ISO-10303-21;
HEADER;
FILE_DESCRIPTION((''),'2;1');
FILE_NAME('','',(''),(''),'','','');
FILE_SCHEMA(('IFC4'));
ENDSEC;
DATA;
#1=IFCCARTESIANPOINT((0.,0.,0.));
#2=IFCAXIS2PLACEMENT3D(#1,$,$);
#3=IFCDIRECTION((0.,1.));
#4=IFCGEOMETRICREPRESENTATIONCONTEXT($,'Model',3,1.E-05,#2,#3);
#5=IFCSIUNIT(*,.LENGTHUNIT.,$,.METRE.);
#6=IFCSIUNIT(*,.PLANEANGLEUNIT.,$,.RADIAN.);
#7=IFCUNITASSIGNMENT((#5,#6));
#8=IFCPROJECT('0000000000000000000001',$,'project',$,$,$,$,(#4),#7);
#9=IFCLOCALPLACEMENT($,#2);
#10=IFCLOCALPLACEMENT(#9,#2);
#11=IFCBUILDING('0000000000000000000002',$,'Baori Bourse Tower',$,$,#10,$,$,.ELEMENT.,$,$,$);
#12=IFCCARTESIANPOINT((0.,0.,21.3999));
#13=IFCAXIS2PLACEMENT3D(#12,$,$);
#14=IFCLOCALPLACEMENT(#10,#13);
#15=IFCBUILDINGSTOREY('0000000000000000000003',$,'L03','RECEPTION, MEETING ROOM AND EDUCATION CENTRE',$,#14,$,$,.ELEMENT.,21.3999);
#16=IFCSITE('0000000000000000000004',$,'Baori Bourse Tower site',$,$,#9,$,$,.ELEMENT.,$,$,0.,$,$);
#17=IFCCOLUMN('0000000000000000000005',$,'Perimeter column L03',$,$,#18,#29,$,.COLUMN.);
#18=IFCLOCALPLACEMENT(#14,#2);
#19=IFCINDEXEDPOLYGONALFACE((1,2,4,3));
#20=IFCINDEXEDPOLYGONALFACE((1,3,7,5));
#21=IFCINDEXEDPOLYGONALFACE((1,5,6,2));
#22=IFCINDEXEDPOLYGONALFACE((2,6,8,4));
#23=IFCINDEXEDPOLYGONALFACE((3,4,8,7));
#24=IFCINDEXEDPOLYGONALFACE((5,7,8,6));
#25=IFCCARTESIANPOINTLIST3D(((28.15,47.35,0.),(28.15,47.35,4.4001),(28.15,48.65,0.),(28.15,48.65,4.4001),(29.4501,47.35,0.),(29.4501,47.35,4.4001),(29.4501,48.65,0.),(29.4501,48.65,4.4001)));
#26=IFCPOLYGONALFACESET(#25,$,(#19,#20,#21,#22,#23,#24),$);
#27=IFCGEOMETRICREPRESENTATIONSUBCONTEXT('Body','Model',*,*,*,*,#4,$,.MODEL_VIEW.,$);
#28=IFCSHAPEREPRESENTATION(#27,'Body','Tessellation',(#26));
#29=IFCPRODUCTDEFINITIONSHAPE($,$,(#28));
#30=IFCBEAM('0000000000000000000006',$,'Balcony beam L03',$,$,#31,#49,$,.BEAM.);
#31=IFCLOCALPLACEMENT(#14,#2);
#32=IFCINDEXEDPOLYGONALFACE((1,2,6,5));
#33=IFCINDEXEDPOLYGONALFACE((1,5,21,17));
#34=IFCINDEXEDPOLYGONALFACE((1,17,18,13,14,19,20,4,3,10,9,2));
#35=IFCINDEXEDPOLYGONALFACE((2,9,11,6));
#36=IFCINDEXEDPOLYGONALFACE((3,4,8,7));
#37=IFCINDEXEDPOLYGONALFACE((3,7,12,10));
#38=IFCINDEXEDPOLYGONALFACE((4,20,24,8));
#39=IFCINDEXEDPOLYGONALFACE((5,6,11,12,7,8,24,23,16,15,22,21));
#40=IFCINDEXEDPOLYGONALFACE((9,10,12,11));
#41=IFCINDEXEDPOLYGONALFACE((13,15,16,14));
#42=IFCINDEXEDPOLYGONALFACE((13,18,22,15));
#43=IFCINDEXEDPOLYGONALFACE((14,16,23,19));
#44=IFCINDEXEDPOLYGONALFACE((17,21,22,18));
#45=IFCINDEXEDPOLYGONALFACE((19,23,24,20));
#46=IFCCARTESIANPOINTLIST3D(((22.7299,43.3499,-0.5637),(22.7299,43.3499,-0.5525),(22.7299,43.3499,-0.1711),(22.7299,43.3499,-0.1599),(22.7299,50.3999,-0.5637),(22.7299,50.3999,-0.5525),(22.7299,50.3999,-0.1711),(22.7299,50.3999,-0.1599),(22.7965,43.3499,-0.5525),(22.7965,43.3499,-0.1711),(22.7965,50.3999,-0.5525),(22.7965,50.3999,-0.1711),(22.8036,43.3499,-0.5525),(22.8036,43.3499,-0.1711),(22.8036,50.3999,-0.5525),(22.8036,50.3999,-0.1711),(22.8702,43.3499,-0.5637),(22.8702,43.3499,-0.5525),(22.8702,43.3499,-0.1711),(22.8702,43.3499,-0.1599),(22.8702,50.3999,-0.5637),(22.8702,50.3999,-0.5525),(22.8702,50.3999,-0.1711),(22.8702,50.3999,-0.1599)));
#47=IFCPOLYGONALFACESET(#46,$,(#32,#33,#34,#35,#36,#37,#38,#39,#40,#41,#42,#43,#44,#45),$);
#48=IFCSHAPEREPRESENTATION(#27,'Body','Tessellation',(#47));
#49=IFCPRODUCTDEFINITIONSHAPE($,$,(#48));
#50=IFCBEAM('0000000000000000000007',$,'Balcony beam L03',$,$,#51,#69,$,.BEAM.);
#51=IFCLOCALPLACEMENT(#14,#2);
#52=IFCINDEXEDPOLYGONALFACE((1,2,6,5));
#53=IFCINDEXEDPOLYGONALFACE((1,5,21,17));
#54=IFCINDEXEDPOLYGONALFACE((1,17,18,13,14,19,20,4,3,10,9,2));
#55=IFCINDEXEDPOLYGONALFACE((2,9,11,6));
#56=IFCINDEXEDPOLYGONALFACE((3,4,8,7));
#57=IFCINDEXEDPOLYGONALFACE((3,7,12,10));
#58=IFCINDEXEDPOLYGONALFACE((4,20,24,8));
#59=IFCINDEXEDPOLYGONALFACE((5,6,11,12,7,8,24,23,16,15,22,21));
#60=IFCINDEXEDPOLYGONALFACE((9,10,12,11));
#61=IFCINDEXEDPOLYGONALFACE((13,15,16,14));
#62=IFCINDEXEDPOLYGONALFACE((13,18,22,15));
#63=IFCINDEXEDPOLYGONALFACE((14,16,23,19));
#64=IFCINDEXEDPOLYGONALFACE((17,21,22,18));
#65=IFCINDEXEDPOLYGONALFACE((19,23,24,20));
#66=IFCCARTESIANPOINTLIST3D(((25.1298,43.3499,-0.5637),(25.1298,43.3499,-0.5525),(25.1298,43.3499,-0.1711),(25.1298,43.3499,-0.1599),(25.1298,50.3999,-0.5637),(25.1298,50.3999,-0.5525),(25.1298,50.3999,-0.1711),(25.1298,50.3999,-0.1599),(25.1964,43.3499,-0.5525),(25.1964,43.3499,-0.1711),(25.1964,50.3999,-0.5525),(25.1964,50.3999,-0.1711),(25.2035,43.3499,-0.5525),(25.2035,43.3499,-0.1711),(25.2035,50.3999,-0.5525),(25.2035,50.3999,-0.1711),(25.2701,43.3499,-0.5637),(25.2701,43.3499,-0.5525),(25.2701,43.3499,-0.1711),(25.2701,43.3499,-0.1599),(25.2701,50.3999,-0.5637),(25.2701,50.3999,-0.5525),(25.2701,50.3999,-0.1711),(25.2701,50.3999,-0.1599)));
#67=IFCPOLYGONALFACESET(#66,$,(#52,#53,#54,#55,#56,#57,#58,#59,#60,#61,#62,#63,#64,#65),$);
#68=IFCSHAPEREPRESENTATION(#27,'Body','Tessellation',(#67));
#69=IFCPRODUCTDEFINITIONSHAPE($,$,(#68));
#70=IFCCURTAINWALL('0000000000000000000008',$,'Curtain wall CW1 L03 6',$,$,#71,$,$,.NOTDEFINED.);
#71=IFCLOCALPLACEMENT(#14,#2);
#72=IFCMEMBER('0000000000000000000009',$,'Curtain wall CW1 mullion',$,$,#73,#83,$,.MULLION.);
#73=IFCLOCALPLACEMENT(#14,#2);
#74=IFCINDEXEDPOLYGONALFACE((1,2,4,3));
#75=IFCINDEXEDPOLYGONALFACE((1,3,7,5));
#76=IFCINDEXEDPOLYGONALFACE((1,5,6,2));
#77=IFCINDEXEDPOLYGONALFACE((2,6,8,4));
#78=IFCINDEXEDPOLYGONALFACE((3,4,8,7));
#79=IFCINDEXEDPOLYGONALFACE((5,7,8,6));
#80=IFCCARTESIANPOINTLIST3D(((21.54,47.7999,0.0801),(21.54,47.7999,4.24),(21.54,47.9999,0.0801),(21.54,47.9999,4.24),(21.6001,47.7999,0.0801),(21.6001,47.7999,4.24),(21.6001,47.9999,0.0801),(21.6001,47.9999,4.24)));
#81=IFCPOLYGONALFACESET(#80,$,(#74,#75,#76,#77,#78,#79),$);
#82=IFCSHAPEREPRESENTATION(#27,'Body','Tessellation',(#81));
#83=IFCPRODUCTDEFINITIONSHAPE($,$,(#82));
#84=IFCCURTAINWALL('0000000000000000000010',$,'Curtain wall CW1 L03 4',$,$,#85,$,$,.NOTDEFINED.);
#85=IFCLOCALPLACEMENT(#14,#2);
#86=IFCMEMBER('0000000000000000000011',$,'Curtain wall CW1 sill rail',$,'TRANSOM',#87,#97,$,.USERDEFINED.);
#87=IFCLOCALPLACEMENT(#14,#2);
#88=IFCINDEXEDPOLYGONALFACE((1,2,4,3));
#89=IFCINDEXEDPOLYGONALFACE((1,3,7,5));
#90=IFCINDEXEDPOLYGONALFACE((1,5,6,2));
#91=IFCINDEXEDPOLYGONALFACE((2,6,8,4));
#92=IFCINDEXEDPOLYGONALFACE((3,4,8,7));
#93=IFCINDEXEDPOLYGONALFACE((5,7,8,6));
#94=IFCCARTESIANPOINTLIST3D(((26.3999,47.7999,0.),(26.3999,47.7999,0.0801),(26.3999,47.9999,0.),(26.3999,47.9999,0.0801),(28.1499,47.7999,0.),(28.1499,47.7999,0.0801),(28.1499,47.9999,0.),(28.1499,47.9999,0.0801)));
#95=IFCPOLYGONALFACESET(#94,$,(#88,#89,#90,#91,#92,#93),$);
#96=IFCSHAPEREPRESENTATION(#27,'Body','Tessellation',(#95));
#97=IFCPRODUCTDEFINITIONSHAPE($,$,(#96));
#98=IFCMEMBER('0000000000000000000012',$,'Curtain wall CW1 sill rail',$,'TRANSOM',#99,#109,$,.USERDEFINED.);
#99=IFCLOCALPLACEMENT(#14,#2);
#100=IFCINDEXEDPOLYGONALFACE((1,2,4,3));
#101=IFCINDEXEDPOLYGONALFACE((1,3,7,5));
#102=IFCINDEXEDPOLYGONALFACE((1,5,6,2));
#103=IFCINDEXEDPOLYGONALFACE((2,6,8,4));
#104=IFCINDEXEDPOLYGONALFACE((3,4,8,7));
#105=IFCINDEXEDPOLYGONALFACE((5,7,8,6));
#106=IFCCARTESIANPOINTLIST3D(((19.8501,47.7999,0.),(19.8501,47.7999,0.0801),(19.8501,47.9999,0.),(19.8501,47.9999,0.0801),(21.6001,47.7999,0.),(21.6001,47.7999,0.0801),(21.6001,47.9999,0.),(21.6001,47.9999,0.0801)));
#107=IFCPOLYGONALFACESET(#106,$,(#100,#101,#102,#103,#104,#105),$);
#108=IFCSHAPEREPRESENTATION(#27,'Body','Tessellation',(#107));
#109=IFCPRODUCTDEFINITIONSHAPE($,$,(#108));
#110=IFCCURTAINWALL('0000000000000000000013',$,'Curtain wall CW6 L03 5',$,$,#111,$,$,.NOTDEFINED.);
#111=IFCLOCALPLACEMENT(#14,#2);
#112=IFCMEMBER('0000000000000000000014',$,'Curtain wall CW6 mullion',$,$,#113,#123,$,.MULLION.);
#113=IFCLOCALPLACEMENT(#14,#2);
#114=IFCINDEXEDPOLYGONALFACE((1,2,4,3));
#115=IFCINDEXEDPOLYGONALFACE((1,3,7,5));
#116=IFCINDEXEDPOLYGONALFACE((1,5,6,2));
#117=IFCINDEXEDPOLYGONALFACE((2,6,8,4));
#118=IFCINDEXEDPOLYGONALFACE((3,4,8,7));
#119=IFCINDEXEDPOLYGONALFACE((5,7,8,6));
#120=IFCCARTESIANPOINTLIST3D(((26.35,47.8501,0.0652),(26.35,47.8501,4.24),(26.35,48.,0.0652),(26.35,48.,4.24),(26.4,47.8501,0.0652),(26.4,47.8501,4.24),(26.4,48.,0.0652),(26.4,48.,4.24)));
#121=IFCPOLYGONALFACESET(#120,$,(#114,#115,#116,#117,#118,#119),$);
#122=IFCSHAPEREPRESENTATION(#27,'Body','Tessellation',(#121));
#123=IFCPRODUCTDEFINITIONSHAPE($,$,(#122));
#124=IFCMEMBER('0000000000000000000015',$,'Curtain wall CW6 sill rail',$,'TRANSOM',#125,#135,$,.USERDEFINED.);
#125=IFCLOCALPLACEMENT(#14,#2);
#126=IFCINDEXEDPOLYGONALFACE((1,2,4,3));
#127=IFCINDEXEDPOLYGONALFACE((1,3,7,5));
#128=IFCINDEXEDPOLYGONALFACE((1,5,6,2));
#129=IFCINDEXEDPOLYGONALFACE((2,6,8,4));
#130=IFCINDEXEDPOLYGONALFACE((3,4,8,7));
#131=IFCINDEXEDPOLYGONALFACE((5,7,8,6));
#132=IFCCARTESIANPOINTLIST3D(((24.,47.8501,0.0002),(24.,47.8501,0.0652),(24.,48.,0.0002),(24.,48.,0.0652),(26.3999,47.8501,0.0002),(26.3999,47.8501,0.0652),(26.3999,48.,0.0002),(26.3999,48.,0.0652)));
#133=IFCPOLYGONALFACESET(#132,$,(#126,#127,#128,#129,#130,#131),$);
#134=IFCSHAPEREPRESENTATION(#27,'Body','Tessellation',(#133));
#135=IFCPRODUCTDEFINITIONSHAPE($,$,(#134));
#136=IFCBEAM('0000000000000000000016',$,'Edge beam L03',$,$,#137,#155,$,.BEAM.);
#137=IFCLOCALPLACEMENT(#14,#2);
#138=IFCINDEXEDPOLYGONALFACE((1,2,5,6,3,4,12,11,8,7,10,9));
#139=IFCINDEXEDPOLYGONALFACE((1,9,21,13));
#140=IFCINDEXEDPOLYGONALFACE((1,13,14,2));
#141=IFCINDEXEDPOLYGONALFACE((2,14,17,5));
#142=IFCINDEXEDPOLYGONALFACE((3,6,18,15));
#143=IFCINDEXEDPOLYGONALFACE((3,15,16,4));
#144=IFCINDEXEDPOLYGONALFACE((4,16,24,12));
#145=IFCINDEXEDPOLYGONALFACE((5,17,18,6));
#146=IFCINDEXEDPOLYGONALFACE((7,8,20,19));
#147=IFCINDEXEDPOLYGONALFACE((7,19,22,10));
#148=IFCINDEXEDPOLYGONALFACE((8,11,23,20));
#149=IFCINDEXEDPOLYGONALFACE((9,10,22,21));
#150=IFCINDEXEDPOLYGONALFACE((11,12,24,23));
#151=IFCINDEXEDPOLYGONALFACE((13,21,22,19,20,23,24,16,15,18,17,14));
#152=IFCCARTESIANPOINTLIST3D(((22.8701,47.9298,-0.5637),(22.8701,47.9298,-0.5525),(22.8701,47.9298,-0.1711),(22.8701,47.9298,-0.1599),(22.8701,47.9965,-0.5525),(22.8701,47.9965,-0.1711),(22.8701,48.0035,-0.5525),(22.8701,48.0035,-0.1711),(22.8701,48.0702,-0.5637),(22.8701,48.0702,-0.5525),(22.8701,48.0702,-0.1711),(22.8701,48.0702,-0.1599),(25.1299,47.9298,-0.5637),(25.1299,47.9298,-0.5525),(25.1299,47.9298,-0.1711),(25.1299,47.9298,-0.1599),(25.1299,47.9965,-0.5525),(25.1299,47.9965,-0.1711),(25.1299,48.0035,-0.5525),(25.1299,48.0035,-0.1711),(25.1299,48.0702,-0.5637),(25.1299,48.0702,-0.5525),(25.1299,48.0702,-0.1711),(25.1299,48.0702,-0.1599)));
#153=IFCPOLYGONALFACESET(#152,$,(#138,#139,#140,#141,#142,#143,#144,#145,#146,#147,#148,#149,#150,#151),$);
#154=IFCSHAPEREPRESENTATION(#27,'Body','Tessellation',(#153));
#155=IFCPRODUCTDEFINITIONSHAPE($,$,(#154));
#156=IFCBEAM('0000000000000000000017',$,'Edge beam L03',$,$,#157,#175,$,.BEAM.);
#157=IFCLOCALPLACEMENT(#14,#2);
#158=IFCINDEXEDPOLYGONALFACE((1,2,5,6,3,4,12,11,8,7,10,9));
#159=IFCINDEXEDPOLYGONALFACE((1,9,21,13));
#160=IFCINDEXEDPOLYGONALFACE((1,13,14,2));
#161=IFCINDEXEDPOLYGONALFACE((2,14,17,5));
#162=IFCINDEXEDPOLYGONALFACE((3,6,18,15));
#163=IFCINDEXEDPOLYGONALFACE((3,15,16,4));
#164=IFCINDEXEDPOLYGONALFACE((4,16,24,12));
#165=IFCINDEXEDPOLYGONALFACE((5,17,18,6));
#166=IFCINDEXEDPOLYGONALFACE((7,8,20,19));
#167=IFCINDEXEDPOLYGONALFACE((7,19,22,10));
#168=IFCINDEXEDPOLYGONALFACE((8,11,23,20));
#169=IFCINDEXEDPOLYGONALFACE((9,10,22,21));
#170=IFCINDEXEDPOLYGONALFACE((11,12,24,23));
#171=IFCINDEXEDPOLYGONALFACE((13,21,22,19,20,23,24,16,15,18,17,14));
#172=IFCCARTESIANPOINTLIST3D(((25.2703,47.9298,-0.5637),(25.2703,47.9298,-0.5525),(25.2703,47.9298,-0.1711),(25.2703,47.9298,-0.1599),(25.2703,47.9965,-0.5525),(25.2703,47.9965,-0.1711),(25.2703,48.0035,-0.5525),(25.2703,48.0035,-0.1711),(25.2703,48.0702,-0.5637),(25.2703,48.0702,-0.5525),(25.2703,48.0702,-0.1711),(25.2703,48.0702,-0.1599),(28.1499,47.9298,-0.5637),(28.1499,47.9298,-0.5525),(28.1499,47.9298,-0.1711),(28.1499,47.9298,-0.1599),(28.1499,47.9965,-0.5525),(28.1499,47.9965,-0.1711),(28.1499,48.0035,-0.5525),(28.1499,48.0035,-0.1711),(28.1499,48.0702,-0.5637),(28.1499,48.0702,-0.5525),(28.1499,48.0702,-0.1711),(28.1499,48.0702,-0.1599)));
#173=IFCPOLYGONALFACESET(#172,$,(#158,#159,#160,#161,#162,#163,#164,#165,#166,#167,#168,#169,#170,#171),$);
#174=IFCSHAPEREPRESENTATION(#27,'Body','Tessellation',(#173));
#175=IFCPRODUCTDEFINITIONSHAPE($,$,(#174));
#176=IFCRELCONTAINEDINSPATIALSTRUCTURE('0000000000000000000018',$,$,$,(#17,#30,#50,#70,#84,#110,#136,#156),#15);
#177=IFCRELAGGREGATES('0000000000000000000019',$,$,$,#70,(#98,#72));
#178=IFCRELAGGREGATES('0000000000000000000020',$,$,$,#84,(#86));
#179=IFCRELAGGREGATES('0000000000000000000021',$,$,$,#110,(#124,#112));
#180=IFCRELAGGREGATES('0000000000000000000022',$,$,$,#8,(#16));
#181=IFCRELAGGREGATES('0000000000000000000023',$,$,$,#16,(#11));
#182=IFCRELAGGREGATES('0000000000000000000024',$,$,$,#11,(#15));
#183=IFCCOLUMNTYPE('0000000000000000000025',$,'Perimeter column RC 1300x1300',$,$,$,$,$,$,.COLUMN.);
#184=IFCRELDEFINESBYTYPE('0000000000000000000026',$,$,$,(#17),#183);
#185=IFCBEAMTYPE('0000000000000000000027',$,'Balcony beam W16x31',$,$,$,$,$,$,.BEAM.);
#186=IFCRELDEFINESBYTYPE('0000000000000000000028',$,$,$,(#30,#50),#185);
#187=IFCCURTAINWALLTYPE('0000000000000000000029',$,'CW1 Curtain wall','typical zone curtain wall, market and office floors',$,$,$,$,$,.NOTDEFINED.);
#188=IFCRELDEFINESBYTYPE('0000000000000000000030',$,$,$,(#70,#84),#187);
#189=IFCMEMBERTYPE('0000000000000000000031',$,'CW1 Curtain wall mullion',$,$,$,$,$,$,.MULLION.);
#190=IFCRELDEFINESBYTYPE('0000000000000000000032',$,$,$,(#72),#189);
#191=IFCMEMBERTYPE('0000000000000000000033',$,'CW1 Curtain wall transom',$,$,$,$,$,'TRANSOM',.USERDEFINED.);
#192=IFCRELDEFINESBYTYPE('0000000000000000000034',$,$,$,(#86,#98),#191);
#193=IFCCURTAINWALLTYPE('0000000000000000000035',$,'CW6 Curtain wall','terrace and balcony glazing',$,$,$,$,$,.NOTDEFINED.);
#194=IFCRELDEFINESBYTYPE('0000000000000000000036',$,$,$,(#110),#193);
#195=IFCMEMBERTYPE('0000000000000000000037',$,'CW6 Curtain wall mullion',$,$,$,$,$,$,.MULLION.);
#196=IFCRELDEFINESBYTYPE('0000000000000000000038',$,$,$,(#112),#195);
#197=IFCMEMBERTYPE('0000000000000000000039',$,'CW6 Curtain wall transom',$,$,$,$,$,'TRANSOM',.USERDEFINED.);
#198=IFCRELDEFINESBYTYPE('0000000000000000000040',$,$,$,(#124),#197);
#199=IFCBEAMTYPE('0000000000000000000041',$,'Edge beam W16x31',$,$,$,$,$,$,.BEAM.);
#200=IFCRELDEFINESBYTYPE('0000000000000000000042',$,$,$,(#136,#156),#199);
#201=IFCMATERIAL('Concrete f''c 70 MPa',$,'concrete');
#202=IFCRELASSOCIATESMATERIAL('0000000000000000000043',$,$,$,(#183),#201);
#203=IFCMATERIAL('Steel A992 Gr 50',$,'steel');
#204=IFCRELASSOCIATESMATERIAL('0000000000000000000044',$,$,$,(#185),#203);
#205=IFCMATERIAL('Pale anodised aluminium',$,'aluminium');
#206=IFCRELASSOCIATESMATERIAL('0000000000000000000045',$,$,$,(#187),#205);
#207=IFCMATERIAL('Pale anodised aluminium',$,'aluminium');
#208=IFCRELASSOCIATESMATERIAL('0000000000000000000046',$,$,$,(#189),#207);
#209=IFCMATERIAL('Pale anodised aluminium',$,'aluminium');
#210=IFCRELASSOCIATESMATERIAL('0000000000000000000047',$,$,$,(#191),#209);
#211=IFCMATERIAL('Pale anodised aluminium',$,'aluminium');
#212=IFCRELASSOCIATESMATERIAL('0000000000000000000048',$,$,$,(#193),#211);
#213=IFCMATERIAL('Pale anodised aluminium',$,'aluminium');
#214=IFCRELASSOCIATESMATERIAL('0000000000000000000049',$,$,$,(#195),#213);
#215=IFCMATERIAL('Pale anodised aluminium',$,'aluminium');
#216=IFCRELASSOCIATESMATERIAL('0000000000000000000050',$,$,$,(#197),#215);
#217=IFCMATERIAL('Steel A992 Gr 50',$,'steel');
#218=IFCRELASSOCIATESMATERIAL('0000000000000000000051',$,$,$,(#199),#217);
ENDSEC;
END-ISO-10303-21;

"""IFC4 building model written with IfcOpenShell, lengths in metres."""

from ifc_helpers import new_model, si_unit, direction, frame, origin, origin_2d, place, context, subcontext, project, spatial, rectangle, i_section, extrude, material, material_profile, profile_set, type_object, element, aggregate, save


model = new_model("IFC4")

# Units and contexts
model_context = context("Model", 3, precision=1e-05, world=origin(), true_north=direction((0.0, 1.0)))
body_context = subcontext(model_context, "Body", "Model", "MODEL_VIEW")
ifc_project = project(units=[si_unit("LENGTHUNIT", "METRE"), si_unit("PLANEANGLEUNIT", "RADIAN")], contexts=[model_context])

# Site, building, storey
site_placement = place(None, origin())
site = spatial("IfcSite", under=ifc_project, at=site_placement, Name="Baori Bourse Tower site", CompositionType="ELEMENT", RefElevation=0.0)
building_placement = place(site_placement, origin())
building = spatial("IfcBuilding", under=site, at=building_placement, Name="Baori Bourse Tower", CompositionType="ELEMENT")
storey_placement = place(building_placement, frame((0.0, 0.0, 21.3999)))
storey = spatial("IfcBuildingStorey", under=building, at=storey_placement, Name="L03", Description="RECEPTION, MEETING ROOM AND EDUCATION CENTRE", CompositionType="ELEMENT", Elevation=21.3999)

# Column
ifc_material_1 = material(Name="Concrete f'c 70 MPa", Category="concrete")
ifc_material_profile_1 = material_profile(ifc_material_1, rectangle(XDim=1.3, YDim=1.3, at=origin_2d()), Name="RC 1300x1300")
ifc_profile_set_1 = profile_set([ifc_material_profile_1], Name="Concrete f'c 70 MPa")
column_type = type_object("IfcColumnType", Name="Perimeter column RC 1300x1300", PredefinedType="COLUMN", material=ifc_profile_set_1)
column_placement = place(storey_placement, frame((28.8, 48.0, 0.0), z_axis=(0.0, 0.0, 1.0), x_axis=(1.0, 0.0, 0.0)))
element("IfcColumn", 1, at=column_placement, inside=storey, type_object=column_type, Name="Perimeter column L03", PredefinedType="COLUMN", context=body_context, shape_type="SweptSolid", body=[
    extrude(rectangle(XDim=1.3, YDim=1.3, at=origin_2d()), origin(), (0.0, 0.0, 1.0), 4.4001),
])

# Beams
ifc_material_2 = material(Name="Steel A992 Gr 50", Category="steel")
ifc_material_profile_2 = material_profile(ifc_material_2, i_section(OverallWidth=0.1404, OverallDepth=0.4038, WebThickness=0.0071, FlangeThickness=0.0112, at=origin_2d()), Name="W16x31")
ifc_profile_set_2 = profile_set([ifc_material_profile_2], Name="Steel A992 Gr 50")
beam_type_1 = type_object("IfcBeamType", Name="Balcony beam W16x31", PredefinedType="BEAM", material=ifc_profile_set_2)
for number, where, z_axis, x_axis, name in (
    (2, (22.8, 50.3999, -0.3618), (0.0, -1.0, 0.0), (1.0, 0.0, 0.0), "Balcony beam L03"),
    (3, (25.2, 50.3999, -0.3618), (0.0, -1.0, 0.0), (1.0, 0.0, 0.0), "Balcony beam L03"),
):
    element("IfcBeam", number, at=place(storey_placement, frame(where, z_axis=z_axis, x_axis=x_axis)), inside=storey, type_object=beam_type_1, Name=name, PredefinedType="BEAM", context=body_context, shape_type="SweptSolid", body=[
        extrude(i_section(OverallWidth=0.1404, OverallDepth=0.4038, WebThickness=0.0071, FlangeThickness=0.0112, at=origin_2d()), origin(), (0.0, 0.0, 1.0), 7.05),
    ])

# Curtain walls, members
ifc_material_3 = material(Name="Pale anodised aluminium", Category="aluminium")
curtain_wall_type_1 = type_object("IfcCurtainWallType", Name="CW1 Curtain wall", Description="typical zone curtain wall, market and office floors", PredefinedType="NOTDEFINED", material=ifc_material_3)
curtain_wall_1_placement = place(storey_placement, origin())
curtain_wall_1 = element("IfcCurtainWall", 4, at=curtain_wall_1_placement, inside=storey, type_object=curtain_wall_type_1, Name="Curtain wall CW1 L03 6", PredefinedType="NOTDEFINED")
ifc_material_4 = material(Name="Pale anodised aluminium", Category="aluminium")
ifc_material_profile_3 = material_profile(ifc_material_4, rectangle(XDim=0.2, YDim=0.0601, at=origin_2d()), Name="Mullion 60x200")
ifc_profile_set_3 = profile_set([ifc_material_profile_3], Name="Pale anodised aluminium")
member_type_1 = type_object("IfcMemberType", Name="CW1 Curtain wall mullion", PredefinedType="MULLION", material=ifc_profile_set_3)
member_1_placement = place(storey_placement, frame((21.5701, 47.8999, 0.0801), z_axis=(0.0, 0.0, 1.0), x_axis=(0.0, -1.0, 0.0)))
member_1 = element("IfcMember", 5, at=member_1_placement, type_object=member_type_1, Name="Curtain wall CW1 mullion", PredefinedType="MULLION", context=body_context, shape_type="SweptSolid", body=[
    extrude(rectangle(XDim=0.2, YDim=0.0601, at=origin_2d()), origin(), (0.0, 0.0, 1.0), 4.1599),
])
curtain_wall_2_placement = place(storey_placement, origin())
curtain_wall_2 = element("IfcCurtainWall", 6, at=curtain_wall_2_placement, inside=storey, type_object=curtain_wall_type_1, Name="Curtain wall CW1 L03 4", PredefinedType="NOTDEFINED")
ifc_material_5 = material(Name="Pale anodised aluminium", Category="aluminium")
ifc_material_profile_4 = material_profile(ifc_material_5, rectangle(XDim=0.2, YDim=0.0801, at=origin_2d()), Name="Transom 80x200")
ifc_profile_set_4 = profile_set([ifc_material_profile_4], Name="Pale anodised aluminium")
member_type_2 = type_object("IfcMemberType", Name="CW1 Curtain wall transom", ElementType="TRANSOM", PredefinedType="USERDEFINED", material=ifc_profile_set_4)
member_2_placement = place(storey_placement, frame((28.1499, 47.8999, 0.04), z_axis=(-1.0, 0.0, 0.0), x_axis=(0.0, -1.0, 0.0)))
member_2 = element("IfcMember", 7, at=member_2_placement, type_object=member_type_2, Name="Curtain wall CW1 sill rail", ObjectType="TRANSOM", PredefinedType="USERDEFINED", context=body_context, shape_type="SweptSolid", body=[
    extrude(rectangle(XDim=0.2, YDim=0.0801, at=origin_2d()), origin(), (0.0, 0.0, 1.0), 1.75),
])

# Member
member_3_placement = place(storey_placement, frame((21.6001, 47.8999, 0.04), z_axis=(-1.0, 0.0, 0.0), x_axis=(0.0, -1.0, 0.0)))
member_3 = element("IfcMember", 8, at=member_3_placement, type_object=member_type_2, Name="Curtain wall CW1 sill rail", ObjectType="TRANSOM", PredefinedType="USERDEFINED", context=body_context, shape_type="SweptSolid", body=[
    extrude(rectangle(XDim=0.2, YDim=0.0801, at=origin_2d()), origin(), (0.0, 0.0, 1.0), 1.75),
])
aggregate(curtain_wall_1, [member_3, member_1])

# Curtain wall, members
ifc_material_6 = material(Name="Pale anodised aluminium", Category="aluminium")
curtain_wall_type_2 = type_object("IfcCurtainWallType", Name="CW6 Curtain wall", Description="terrace and balcony glazing", PredefinedType="NOTDEFINED", material=ifc_material_6)
curtain_wall_3_placement = place(storey_placement, origin())
curtain_wall_3 = element("IfcCurtainWall", 9, at=curtain_wall_3_placement, inside=storey, type_object=curtain_wall_type_2, Name="Curtain wall CW6 L03 5", PredefinedType="NOTDEFINED")
ifc_material_7 = material(Name="Pale anodised aluminium", Category="aluminium")
ifc_material_profile_5 = material_profile(ifc_material_7, rectangle(XDim=0.1499, YDim=0.05, at=origin_2d()), Name="Mullion 50x150")
ifc_profile_set_5 = profile_set([ifc_material_profile_5], Name="Pale anodised aluminium")
member_type_3 = type_object("IfcMemberType", Name="CW6 Curtain wall mullion", PredefinedType="MULLION", material=ifc_profile_set_5)
member_4_placement = place(storey_placement, frame((26.375, 47.925, 0.0652), z_axis=(0.0, 0.0, 1.0), x_axis=(0.0, -1.0, 0.0)))
member_4 = element("IfcMember", 10, at=member_4_placement, type_object=member_type_3, Name="Curtain wall CW6 mullion", PredefinedType="MULLION", context=body_context, shape_type="SweptSolid", body=[
    extrude(rectangle(XDim=0.1499, YDim=0.05, at=origin_2d()), origin(), (0.0, 0.0, 1.0), 4.1748),
])
ifc_material_8 = material(Name="Pale anodised aluminium", Category="aluminium")
ifc_material_profile_6 = material_profile(ifc_material_8, rectangle(XDim=0.1499, YDim=0.0649, at=origin_2d()), Name="Transom 65x150")
ifc_profile_set_6 = profile_set([ifc_material_profile_6], Name="Pale anodised aluminium")
member_type_4 = type_object("IfcMemberType", Name="CW6 Curtain wall transom", ElementType="TRANSOM", PredefinedType="USERDEFINED", material=ifc_profile_set_6)
member_5_placement = place(storey_placement, frame((26.3999, 47.925, 0.0327), z_axis=(-1.0, 0.0, 0.0), x_axis=(0.0, -1.0, 0.0)))
member_5 = element("IfcMember", 11, at=member_5_placement, type_object=member_type_4, Name="Curtain wall CW6 sill rail", ObjectType="TRANSOM", PredefinedType="USERDEFINED", context=body_context, shape_type="SweptSolid", body=[
    extrude(rectangle(XDim=0.1499, YDim=0.0649, at=origin_2d()), origin(), (0.0, 0.0, 1.0), 2.3999),
])

# Beams
ifc_material_9 = material(Name="Steel A992 Gr 50", Category="steel")
ifc_material_profile_7 = material_profile(ifc_material_9, i_section(OverallWidth=0.1404, OverallDepth=0.4038, WebThickness=0.0071, FlangeThickness=0.0112, at=origin_2d()), Name="W16x31")
ifc_profile_set_7 = profile_set([ifc_material_profile_7], Name="Steel A992 Gr 50")
beam_type_2 = type_object("IfcBeamType", Name="Edge beam W16x31", PredefinedType="BEAM", material=ifc_profile_set_7)
beam_1_placement = place(storey_placement, frame((22.8701, 48.0, -0.3618), z_axis=(1.0, 0.0, 0.0), x_axis=(0.0, 1.0, 0.0)))
element("IfcBeam", 12, at=beam_1_placement, inside=storey, type_object=beam_type_2, Name="Edge beam L03", PredefinedType="BEAM", context=body_context, shape_type="SweptSolid", body=[
    extrude(i_section(OverallWidth=0.1404, OverallDepth=0.4038, WebThickness=0.0071, FlangeThickness=0.0112, at=origin_2d()), origin(), (0.0, 0.0, 1.0), 2.2598),
])
beam_2_placement = place(storey_placement, frame((25.2703, 48.0, -0.3618), z_axis=(1.0, 0.0, 0.0), x_axis=(0.0, 1.0, 0.0)))
element("IfcBeam", 13, at=beam_2_placement, inside=storey, type_object=beam_type_2, Name="Edge beam L03", PredefinedType="BEAM", context=body_context, shape_type="SweptSolid", body=[
    extrude(i_section(OverallWidth=0.1404, OverallDepth=0.4038, WebThickness=0.0071, FlangeThickness=0.0112, at=origin_2d()), origin(), (0.0, 0.0, 1.0), 2.8796),
])

aggregate(curtain_wall_2, [member_2])
aggregate(curtain_wall_3, [member_5, member_4])

save(model, "model.ifc")
